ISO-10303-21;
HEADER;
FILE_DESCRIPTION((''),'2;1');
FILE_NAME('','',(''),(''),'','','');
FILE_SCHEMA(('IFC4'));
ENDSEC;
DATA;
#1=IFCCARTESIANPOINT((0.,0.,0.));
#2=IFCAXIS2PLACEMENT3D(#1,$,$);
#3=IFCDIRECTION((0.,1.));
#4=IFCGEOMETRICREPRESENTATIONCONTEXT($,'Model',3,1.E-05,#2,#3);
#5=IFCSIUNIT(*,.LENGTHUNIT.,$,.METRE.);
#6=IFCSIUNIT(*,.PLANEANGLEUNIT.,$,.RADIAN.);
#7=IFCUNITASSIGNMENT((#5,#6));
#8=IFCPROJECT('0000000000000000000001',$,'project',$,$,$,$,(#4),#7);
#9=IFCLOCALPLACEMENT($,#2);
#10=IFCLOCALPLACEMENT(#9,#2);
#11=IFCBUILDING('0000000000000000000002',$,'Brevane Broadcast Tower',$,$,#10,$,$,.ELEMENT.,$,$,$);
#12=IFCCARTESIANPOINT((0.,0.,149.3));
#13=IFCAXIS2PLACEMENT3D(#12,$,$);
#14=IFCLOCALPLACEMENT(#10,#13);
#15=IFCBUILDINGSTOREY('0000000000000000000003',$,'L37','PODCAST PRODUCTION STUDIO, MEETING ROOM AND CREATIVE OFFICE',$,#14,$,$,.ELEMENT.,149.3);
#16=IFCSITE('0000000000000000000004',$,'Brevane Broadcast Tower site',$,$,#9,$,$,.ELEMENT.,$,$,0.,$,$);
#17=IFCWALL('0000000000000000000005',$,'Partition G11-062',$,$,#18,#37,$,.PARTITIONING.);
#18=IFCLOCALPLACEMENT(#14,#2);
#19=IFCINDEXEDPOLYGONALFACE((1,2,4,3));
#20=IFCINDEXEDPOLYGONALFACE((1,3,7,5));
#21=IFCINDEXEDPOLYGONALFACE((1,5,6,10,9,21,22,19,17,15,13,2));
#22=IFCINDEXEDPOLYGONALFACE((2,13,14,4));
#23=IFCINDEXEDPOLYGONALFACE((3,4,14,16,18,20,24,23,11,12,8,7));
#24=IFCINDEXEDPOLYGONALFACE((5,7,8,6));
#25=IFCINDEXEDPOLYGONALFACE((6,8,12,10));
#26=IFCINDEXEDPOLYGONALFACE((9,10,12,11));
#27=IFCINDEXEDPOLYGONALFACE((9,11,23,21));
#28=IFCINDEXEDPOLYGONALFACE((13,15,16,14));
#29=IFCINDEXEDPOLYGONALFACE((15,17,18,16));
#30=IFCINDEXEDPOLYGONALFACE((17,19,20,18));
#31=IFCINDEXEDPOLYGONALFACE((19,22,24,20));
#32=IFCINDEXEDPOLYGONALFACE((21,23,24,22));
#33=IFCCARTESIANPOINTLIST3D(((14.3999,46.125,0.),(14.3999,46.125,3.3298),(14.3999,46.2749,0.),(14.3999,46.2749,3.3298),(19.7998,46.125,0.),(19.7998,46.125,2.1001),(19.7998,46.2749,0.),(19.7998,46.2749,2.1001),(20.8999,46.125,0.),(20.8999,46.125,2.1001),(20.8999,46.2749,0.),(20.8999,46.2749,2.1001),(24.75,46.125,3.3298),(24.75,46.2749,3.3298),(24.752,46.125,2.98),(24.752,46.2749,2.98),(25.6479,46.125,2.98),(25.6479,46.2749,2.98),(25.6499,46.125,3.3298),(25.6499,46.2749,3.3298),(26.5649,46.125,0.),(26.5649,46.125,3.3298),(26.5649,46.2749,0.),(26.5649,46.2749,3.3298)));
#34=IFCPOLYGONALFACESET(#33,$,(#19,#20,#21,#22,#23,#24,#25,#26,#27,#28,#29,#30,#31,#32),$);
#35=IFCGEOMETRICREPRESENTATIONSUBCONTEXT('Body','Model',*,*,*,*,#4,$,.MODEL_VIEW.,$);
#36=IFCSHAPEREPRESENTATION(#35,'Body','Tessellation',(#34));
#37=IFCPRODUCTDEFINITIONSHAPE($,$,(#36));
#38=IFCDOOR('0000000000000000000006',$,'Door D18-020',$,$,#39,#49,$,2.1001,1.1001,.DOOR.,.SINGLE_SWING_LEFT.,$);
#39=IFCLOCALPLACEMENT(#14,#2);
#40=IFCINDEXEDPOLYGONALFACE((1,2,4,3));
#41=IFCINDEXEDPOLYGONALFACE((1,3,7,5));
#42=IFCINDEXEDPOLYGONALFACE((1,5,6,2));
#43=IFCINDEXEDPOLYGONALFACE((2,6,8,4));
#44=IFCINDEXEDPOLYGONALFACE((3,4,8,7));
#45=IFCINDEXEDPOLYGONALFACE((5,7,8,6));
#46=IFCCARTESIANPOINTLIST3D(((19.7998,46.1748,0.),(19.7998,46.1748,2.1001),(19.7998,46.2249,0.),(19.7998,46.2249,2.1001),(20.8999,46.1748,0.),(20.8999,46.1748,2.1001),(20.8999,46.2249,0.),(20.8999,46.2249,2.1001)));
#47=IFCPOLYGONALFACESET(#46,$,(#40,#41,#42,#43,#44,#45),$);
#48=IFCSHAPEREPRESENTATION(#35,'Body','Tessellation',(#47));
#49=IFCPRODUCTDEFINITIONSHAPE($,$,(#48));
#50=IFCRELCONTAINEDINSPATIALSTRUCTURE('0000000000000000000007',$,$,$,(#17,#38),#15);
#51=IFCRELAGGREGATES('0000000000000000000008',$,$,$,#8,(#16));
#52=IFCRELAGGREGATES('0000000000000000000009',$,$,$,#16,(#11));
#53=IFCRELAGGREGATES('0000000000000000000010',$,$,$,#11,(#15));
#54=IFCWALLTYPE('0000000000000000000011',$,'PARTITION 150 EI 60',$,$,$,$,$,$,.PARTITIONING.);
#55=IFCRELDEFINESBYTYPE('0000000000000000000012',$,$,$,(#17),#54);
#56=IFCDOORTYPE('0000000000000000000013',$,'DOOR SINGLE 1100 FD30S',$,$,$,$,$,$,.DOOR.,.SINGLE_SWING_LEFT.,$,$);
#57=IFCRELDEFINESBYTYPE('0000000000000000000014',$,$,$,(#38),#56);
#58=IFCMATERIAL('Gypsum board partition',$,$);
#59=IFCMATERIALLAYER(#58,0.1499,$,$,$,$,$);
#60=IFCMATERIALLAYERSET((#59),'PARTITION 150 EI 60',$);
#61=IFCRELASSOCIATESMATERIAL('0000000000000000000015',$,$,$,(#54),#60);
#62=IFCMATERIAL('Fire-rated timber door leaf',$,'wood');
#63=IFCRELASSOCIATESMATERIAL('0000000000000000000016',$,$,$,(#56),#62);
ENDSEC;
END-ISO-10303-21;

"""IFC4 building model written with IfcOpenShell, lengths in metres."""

from ifc_helpers import new_model, si_unit, direction, frame, frame_2d, origin, place, context, subcontext, project, spatial, polyline, rectangle, outline, extrude, material, layer, layer_set, type_object, element, fill, save


model = new_model("IFC4")

# Units and contexts
model_context = context("Model", 3, precision=1e-05, world=origin(), true_north=direction((0.0, 1.0)))
body_context = subcontext(model_context, "Body", "Model", "MODEL_VIEW")
ifc_project = project(units=[si_unit("LENGTHUNIT", "METRE"), si_unit("PLANEANGLEUNIT", "RADIAN")], contexts=[model_context])

# Site, building, storey
site_placement = place(None, origin())
site = spatial("IfcSite", under=ifc_project, at=site_placement, Name="Brevane Broadcast Tower site", CompositionType="ELEMENT", RefElevation=0.0)
building_placement = place(site_placement, origin())
building = spatial("IfcBuilding", under=site, at=building_placement, Name="Brevane Broadcast Tower", CompositionType="ELEMENT")
storey_placement = place(building_placement, frame((0.0, 0.0, 149.3)))
storey = spatial("IfcBuildingStorey", under=building, at=storey_placement, Name="L37", Description="PODCAST PRODUCTION STUDIO, MEETING ROOM AND CREATIVE OFFICE", CompositionType="ELEMENT", Elevation=149.3)

# Shared definitions
ifc_material_1 = material(Name="Gypsum board partition")

# Shared definitions
ifc_layer_1 = layer(ifc_material_1, 0.1499)
ifc_layer_set_1 = layer_set([ifc_layer_1], Name="PARTITION 150 EI 60")
wall_type_1 = type_object("IfcWallType", Name="PARTITION 150 EI 60", PredefinedType="PARTITIONING", material=ifc_layer_set_1)
ifc_material_2 = material(Name="Fire-rated timber door leaf", Category="wood")

# Wall, opening, door
wall_1_placement = place(storey_placement, frame((14.3999, 46.2, 0.0), z_axis=(0.0, 0.0, 1.0), x_axis=(1.0, 0.0, 0.0)))
wall_1 = element("IfcWall", 1, at=wall_1_placement, inside=storey, type_object=wall_type_1, Name="Partition G11-062", PredefinedType="PARTITIONING", context=body_context, shape_type="SweptSolid", body=[
    extrude(outline(polyline([(0.0, 0.0), (12.165, 0.0), (12.165, 3.3298), (11.8999, 3.3298), (11.25, 3.3298), (11.248, 2.98), (10.3521, 2.98), (10.3501, 3.3298), (0.0, 3.3298), (0.0, 0.0)])), frame((0.0, 0.075, 0.0), z_axis=(0.0, -1.0, 0.0), x_axis=(1.0, 0.0, 0.0)), (0.0, 0.0, 1.0), 0.1499),
])
opening_1_placement = place(wall_1_placement, frame((5.3999, 0.0, 0.0)))
opening_1 = element("IfcOpeningElement", 2, at=opening_1_placement, cuts=wall_1, PredefinedType="OPENING", context=body_context, shape_type="SweptSolid", body=[
    extrude(rectangle(XDim=1.1001, YDim=2.1001, at=frame_2d((0.55, 1.05))), frame((0.0, 0.085, 0.0), z_axis=(0.0, -1.0, 0.0), x_axis=(1.0, 0.0, 0.0)), (0.0, 0.0, 1.0), 0.1699),
])
door_type_1 = type_object("IfcDoorType", Name="DOOR SINGLE 1100 FD30S", OperationType="SINGLE_SWING_LEFT", PredefinedType="DOOR", material=ifc_material_2)
door_1_placement = place(opening_1_placement, origin())
door_1 = element("IfcDoor", 3, at=door_1_placement, inside=storey, type_object=door_type_1, Name="Door D18-020", OperationType="SINGLE_SWING_LEFT", OverallHeight=2.1001, OverallWidth=1.1001, PredefinedType="DOOR", context=body_context, shape_type="SweptSolid", body=[
    extrude(rectangle(XDim=1.1001, YDim=2.1001, at=frame_2d((0.55, 1.05))), frame((0.0, 0.0249, 0.0), z_axis=(0.0, -1.0, 0.0), x_axis=(1.0, 0.0, 0.0)), (0.0, 0.0, 1.0), 0.05),
])
fill(opening_1, door_1)

save(model, "model.ifc")
